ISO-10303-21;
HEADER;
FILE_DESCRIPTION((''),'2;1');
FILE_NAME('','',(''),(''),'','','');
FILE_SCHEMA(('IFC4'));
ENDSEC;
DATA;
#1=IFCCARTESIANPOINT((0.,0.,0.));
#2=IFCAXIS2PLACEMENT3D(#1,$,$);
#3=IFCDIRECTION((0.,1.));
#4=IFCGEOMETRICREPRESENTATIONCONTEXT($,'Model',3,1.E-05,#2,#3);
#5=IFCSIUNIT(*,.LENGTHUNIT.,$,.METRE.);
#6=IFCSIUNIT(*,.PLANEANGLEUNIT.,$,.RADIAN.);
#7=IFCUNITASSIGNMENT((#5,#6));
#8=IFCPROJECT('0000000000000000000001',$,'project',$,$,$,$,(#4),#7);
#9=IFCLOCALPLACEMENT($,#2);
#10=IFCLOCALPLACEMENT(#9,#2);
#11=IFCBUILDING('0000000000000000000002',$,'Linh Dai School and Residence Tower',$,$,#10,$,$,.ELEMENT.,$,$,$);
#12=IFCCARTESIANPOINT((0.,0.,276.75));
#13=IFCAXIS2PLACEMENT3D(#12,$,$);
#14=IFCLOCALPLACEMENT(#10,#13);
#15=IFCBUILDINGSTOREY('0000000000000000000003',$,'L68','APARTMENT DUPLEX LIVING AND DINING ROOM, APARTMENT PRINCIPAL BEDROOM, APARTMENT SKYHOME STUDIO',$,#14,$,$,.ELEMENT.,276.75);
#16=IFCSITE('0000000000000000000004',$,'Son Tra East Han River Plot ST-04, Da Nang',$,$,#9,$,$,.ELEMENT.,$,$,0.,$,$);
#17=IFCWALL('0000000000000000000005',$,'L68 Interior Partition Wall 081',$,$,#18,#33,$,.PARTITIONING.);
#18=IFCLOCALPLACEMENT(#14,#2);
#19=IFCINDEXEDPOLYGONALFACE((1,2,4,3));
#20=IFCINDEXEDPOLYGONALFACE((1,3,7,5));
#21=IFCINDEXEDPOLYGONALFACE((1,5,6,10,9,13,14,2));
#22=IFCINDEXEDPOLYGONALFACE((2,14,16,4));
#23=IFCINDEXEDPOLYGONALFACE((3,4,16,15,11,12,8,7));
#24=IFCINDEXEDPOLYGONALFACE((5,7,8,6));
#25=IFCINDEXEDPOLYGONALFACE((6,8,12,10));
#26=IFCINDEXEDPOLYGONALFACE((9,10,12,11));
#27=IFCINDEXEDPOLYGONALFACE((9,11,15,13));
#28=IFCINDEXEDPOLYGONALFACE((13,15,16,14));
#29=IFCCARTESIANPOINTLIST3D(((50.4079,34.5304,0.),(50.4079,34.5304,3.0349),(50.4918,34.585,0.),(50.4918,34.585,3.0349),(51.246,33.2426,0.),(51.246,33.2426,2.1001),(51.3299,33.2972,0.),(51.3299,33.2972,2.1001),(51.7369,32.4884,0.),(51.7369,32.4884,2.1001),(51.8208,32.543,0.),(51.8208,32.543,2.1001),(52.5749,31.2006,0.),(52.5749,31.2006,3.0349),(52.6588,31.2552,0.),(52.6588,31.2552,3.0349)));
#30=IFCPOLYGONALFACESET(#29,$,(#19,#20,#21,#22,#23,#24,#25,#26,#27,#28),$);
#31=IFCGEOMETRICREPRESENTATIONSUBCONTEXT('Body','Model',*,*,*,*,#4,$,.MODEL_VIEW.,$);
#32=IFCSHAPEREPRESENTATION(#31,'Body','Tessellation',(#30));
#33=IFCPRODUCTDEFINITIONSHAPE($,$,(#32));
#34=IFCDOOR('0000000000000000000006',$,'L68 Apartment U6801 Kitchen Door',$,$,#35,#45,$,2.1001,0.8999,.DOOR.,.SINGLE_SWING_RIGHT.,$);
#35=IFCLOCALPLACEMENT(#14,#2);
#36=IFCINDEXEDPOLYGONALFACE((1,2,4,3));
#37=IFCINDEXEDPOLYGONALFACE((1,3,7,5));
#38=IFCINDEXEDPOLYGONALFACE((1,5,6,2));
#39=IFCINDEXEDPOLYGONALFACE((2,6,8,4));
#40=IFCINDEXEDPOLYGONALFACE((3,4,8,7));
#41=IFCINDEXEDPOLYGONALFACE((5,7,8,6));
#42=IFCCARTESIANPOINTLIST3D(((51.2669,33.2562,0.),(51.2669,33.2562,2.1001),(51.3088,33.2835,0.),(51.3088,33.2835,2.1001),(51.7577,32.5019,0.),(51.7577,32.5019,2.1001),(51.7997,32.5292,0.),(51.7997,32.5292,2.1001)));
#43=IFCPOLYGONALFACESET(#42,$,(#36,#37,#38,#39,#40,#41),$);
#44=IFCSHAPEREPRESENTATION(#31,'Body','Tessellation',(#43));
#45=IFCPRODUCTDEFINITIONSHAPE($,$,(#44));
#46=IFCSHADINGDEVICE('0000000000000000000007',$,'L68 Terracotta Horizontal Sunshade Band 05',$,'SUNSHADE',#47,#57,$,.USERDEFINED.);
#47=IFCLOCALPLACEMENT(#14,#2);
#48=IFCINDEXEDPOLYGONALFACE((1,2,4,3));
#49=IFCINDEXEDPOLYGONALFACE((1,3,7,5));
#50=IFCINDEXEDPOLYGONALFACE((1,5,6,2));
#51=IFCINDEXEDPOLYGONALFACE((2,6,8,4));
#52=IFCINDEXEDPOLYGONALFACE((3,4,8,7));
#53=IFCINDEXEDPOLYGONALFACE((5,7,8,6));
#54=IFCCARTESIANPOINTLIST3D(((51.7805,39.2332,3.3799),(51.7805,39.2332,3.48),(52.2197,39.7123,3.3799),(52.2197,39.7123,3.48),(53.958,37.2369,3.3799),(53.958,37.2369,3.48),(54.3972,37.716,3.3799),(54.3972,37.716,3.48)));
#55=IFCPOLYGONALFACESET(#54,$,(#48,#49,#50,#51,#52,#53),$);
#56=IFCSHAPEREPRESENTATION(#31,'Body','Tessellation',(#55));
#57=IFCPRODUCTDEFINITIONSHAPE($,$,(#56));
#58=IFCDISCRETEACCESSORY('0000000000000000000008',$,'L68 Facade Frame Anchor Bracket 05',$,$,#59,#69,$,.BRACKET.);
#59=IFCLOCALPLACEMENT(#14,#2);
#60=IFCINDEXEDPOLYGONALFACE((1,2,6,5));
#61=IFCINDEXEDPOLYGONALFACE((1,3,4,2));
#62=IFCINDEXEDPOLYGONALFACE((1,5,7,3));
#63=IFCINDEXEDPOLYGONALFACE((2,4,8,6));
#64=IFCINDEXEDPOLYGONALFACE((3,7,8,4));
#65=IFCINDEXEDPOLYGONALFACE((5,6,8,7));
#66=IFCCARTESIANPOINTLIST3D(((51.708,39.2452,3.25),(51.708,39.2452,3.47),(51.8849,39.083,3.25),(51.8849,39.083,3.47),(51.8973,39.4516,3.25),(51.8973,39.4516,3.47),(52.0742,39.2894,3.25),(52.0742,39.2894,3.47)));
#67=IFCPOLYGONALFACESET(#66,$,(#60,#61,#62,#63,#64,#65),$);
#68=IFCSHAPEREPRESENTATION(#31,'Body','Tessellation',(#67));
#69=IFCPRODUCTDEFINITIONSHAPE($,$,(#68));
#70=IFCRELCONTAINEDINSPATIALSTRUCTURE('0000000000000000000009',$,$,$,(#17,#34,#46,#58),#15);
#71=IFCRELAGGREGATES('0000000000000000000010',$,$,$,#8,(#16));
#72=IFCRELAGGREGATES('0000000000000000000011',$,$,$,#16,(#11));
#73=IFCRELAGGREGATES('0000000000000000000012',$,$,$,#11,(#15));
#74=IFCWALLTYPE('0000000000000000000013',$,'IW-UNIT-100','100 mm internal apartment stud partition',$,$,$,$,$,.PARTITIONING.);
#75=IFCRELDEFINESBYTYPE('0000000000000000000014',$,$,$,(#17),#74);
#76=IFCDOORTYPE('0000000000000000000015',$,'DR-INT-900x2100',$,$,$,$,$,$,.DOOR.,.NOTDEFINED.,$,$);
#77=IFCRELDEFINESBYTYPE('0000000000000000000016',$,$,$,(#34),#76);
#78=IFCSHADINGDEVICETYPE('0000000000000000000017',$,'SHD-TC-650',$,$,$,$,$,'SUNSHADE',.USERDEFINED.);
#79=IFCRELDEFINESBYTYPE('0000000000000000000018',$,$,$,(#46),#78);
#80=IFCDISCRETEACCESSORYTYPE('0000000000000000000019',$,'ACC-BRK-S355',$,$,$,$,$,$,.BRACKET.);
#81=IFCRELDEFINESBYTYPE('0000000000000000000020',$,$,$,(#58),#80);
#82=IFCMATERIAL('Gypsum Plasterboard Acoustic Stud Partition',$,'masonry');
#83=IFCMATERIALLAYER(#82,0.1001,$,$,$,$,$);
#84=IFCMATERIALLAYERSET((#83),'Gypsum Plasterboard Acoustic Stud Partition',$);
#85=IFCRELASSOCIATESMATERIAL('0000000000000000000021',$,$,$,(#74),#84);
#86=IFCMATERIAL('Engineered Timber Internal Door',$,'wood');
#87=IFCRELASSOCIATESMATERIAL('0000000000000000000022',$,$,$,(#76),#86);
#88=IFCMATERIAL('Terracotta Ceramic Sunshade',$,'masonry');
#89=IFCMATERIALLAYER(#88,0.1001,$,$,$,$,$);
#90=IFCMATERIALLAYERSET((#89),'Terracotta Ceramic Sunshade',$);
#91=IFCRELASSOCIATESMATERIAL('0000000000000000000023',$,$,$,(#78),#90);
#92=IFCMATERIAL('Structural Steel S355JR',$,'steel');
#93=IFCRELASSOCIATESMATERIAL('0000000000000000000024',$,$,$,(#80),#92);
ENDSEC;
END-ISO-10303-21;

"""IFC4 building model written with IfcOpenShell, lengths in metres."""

from ifc_helpers import new_model, si_unit, direction, frame, frame_2d, origin, origin_2d, place, context, subcontext, project, spatial, rectangle, extrude, source, transform, mapped, material, layer, layer_set, type_object, element, fill, save


model = new_model("IFC4")

# Units and contexts
model_context = context("Model", 3, precision=1e-05, world=origin(), true_north=direction((0.0, 1.0)))
body_context = subcontext(model_context, "Body", "Model", "MODEL_VIEW")
ifc_project = project(units=[si_unit("LENGTHUNIT", "METRE"), si_unit("PLANEANGLEUNIT", "RADIAN")], contexts=[model_context])

# Site, building, storey
site_placement = place(None, origin())
site = spatial("IfcSite", under=ifc_project, at=site_placement, Name="Son Tra East Han River Plot ST-04, Da Nang", CompositionType="ELEMENT", RefElevation=0.0)
building_placement = place(site_placement, origin())
building = spatial("IfcBuilding", under=site, at=building_placement, Name="Linh Dai School and Residence Tower", CompositionType="ELEMENT")
storey_placement = place(building_placement, frame((0.0, 0.0, 276.75)))
storey = spatial("IfcBuildingStorey", under=building, at=storey_placement, Name="L68", Description="APARTMENT DUPLEX LIVING AND DINING ROOM, APARTMENT PRINCIPAL BEDROOM, APARTMENT SKYHOME STUDIO", CompositionType="ELEMENT", Elevation=276.75)

# Shared definitions
ifc_material_1 = material(Name="Structural Steel S355JR", Category="steel")

# Shared definitions
ifc_material_2 = material(Name="Gypsum Plasterboard Acoustic Stud Partition", Category="masonry")
ifc_layer_1 = layer(ifc_material_2, 0.1001)
ifc_layer_set_1 = layer_set([ifc_layer_1], Name="Gypsum Plasterboard Acoustic Stud Partition")
wall_type_1 = type_object("IfcWallType", Name="IW-UNIT-100", Description="100 mm internal apartment stud partition", PredefinedType="PARTITIONING", material=ifc_layer_set_1)

# Wall, opening, door
wall_1_placement = place(storey_placement, frame((50.45, 34.5576, 0.0), z_axis=(0.0, 0.0, 1.0), x_axis=(0.545448, -0.838144, 0.0)))
wall_1 = element("IfcWall", 1, at=wall_1_placement, inside=storey, type_object=wall_type_1, Name="L68 Interior Partition Wall 081", PredefinedType="PARTITIONING", context=body_context, shape_type="SweptSolid", body=[
    extrude(rectangle(XDim=3.9729, YDim=0.1001, at=frame_2d((1.9863, 0.0))), origin(), (0.0, 0.0, 1.0), 3.0349),
])
opening_1_placement = place(wall_1_placement, frame((1.5364, 0.0, 0.0)))
opening_1 = element("IfcOpeningElement", 2, at=opening_1_placement, cuts=wall_1, PredefinedType="OPENING", context=body_context, shape_type="SweptSolid", body=[
    extrude(rectangle(XDim=0.8999, YDim=2.1001, at=origin_2d()), frame((0.45, 0.0601, 1.05), z_axis=(0.0, -1.0, 0.0), x_axis=(1.0, 0.0, 0.0)), (0.0, 0.0, 1.0), 0.1201),
])
ifc_material_3 = material(Name="Engineered Timber Internal Door", Category="wood")
door_type_1 = type_object("IfcDoorType", Name="DR-INT-900x2100", OperationType="NOTDEFINED", PredefinedType="DOOR", material=ifc_material_3)
shared_shape_1 = source(origin(), body_context, "Body", "SweptSolid", [
    extrude(rectangle(XDim=0.8999, YDim=2.1001, at=origin_2d()), frame((0.45, 0.0249, 1.05), z_axis=(0.0, -1.0, 0.0), x_axis=(1.0, 0.0, 0.0)), (0.0, 0.0, 1.0), 0.05),
])
door_1_placement = place(opening_1_placement, origin())
door_1 = element("IfcDoor", 3, at=door_1_placement, inside=storey, type_object=door_type_1, Name="L68 Apartment U6801 Kitchen Door", OperationType="SINGLE_SWING_RIGHT", OverallHeight=2.1001, OverallWidth=0.8999, PredefinedType="DOOR", context=body_context, shape_type="MappedRepresentation", body=[
    mapped(shared_shape_1, transform((0.0, 0.0, 0.0), x_axis=(1.0, 0.0, 0.0), y_axis=(0.0, 1.0, 0.0), z_axis=(0.0, 0.0, 1.0), scale=1.0)),
])
fill(opening_1, door_1)

# Shading device
ifc_material_4 = material(Name="Terracotta Ceramic Sunshade", Category="masonry")
ifc_layer_2 = layer(ifc_material_4, 0.1001)
ifc_layer_set_2 = layer_set([ifc_layer_2], Name="Terracotta Ceramic Sunshade")
shading_device_type = type_object("IfcShadingDeviceType", Name="SHD-TC-650", ElementType="SUNSHADE", PredefinedType="USERDEFINED", material=ifc_layer_set_2)
shared_shape_2 = source(origin(), body_context, "Body", "SweptSolid", [
    extrude(rectangle(XDim=2.9541, YDim=0.6499, at=origin_2d()), origin(), (0.0, 0.0, 1.0), 0.1001),
])
shading_device_placement = place(storey_placement, frame((53.0889, 38.4746, 3.3799), z_axis=(0.0, 0.0, 1.0), x_axis=(0.737106, -0.675777, 0.0)))
element("IfcShadingDevice", 4, at=shading_device_placement, inside=storey, type_object=shading_device_type, Name="L68 Terracotta Horizontal Sunshade Band 05", ObjectType="SUNSHADE", PredefinedType="USERDEFINED", context=body_context, shape_type="MappedRepresentation", body=[
    mapped(shared_shape_2, transform((0.0, 0.0, 0.0), x_axis=(1.0, 0.0, 0.0), y_axis=(0.0, 1.0, 0.0), z_axis=(0.0, 0.0, 1.0), scale=1.0)),
])

# Discrete accessory
discrete_accessory_type = type_object("IfcDiscreteAccessoryType", Name="ACC-BRK-S355", PredefinedType="BRACKET", material=ifc_material_1)
shared_shape_3 = source(origin(), body_context, "Body", "SweptSolid", [
    extrude(rectangle(XDim=0.28, YDim=0.24, at=origin_2d()), origin(), (0.0, 0.0, 1.0), 0.22),
])
discrete_accessory_placement = place(storey_placement, frame((51.8911, 39.2673, 3.25), z_axis=(0.0, 0.0, 1.0), x_axis=(0.675777, 0.737106, 0.0)))
element("IfcDiscreteAccessory", 5, at=discrete_accessory_placement, inside=storey, type_object=discrete_accessory_type, Name="L68 Facade Frame Anchor Bracket 05", PredefinedType="BRACKET", context=body_context, shape_type="MappedRepresentation", body=[
    mapped(shared_shape_3, transform((0.0, 0.0, 0.0), x_axis=(1.0, 0.0, 0.0), y_axis=(0.0, 1.0, 0.0), z_axis=(0.0, 0.0, 1.0), scale=1.0)),
])

save(model, "model.ifc")
